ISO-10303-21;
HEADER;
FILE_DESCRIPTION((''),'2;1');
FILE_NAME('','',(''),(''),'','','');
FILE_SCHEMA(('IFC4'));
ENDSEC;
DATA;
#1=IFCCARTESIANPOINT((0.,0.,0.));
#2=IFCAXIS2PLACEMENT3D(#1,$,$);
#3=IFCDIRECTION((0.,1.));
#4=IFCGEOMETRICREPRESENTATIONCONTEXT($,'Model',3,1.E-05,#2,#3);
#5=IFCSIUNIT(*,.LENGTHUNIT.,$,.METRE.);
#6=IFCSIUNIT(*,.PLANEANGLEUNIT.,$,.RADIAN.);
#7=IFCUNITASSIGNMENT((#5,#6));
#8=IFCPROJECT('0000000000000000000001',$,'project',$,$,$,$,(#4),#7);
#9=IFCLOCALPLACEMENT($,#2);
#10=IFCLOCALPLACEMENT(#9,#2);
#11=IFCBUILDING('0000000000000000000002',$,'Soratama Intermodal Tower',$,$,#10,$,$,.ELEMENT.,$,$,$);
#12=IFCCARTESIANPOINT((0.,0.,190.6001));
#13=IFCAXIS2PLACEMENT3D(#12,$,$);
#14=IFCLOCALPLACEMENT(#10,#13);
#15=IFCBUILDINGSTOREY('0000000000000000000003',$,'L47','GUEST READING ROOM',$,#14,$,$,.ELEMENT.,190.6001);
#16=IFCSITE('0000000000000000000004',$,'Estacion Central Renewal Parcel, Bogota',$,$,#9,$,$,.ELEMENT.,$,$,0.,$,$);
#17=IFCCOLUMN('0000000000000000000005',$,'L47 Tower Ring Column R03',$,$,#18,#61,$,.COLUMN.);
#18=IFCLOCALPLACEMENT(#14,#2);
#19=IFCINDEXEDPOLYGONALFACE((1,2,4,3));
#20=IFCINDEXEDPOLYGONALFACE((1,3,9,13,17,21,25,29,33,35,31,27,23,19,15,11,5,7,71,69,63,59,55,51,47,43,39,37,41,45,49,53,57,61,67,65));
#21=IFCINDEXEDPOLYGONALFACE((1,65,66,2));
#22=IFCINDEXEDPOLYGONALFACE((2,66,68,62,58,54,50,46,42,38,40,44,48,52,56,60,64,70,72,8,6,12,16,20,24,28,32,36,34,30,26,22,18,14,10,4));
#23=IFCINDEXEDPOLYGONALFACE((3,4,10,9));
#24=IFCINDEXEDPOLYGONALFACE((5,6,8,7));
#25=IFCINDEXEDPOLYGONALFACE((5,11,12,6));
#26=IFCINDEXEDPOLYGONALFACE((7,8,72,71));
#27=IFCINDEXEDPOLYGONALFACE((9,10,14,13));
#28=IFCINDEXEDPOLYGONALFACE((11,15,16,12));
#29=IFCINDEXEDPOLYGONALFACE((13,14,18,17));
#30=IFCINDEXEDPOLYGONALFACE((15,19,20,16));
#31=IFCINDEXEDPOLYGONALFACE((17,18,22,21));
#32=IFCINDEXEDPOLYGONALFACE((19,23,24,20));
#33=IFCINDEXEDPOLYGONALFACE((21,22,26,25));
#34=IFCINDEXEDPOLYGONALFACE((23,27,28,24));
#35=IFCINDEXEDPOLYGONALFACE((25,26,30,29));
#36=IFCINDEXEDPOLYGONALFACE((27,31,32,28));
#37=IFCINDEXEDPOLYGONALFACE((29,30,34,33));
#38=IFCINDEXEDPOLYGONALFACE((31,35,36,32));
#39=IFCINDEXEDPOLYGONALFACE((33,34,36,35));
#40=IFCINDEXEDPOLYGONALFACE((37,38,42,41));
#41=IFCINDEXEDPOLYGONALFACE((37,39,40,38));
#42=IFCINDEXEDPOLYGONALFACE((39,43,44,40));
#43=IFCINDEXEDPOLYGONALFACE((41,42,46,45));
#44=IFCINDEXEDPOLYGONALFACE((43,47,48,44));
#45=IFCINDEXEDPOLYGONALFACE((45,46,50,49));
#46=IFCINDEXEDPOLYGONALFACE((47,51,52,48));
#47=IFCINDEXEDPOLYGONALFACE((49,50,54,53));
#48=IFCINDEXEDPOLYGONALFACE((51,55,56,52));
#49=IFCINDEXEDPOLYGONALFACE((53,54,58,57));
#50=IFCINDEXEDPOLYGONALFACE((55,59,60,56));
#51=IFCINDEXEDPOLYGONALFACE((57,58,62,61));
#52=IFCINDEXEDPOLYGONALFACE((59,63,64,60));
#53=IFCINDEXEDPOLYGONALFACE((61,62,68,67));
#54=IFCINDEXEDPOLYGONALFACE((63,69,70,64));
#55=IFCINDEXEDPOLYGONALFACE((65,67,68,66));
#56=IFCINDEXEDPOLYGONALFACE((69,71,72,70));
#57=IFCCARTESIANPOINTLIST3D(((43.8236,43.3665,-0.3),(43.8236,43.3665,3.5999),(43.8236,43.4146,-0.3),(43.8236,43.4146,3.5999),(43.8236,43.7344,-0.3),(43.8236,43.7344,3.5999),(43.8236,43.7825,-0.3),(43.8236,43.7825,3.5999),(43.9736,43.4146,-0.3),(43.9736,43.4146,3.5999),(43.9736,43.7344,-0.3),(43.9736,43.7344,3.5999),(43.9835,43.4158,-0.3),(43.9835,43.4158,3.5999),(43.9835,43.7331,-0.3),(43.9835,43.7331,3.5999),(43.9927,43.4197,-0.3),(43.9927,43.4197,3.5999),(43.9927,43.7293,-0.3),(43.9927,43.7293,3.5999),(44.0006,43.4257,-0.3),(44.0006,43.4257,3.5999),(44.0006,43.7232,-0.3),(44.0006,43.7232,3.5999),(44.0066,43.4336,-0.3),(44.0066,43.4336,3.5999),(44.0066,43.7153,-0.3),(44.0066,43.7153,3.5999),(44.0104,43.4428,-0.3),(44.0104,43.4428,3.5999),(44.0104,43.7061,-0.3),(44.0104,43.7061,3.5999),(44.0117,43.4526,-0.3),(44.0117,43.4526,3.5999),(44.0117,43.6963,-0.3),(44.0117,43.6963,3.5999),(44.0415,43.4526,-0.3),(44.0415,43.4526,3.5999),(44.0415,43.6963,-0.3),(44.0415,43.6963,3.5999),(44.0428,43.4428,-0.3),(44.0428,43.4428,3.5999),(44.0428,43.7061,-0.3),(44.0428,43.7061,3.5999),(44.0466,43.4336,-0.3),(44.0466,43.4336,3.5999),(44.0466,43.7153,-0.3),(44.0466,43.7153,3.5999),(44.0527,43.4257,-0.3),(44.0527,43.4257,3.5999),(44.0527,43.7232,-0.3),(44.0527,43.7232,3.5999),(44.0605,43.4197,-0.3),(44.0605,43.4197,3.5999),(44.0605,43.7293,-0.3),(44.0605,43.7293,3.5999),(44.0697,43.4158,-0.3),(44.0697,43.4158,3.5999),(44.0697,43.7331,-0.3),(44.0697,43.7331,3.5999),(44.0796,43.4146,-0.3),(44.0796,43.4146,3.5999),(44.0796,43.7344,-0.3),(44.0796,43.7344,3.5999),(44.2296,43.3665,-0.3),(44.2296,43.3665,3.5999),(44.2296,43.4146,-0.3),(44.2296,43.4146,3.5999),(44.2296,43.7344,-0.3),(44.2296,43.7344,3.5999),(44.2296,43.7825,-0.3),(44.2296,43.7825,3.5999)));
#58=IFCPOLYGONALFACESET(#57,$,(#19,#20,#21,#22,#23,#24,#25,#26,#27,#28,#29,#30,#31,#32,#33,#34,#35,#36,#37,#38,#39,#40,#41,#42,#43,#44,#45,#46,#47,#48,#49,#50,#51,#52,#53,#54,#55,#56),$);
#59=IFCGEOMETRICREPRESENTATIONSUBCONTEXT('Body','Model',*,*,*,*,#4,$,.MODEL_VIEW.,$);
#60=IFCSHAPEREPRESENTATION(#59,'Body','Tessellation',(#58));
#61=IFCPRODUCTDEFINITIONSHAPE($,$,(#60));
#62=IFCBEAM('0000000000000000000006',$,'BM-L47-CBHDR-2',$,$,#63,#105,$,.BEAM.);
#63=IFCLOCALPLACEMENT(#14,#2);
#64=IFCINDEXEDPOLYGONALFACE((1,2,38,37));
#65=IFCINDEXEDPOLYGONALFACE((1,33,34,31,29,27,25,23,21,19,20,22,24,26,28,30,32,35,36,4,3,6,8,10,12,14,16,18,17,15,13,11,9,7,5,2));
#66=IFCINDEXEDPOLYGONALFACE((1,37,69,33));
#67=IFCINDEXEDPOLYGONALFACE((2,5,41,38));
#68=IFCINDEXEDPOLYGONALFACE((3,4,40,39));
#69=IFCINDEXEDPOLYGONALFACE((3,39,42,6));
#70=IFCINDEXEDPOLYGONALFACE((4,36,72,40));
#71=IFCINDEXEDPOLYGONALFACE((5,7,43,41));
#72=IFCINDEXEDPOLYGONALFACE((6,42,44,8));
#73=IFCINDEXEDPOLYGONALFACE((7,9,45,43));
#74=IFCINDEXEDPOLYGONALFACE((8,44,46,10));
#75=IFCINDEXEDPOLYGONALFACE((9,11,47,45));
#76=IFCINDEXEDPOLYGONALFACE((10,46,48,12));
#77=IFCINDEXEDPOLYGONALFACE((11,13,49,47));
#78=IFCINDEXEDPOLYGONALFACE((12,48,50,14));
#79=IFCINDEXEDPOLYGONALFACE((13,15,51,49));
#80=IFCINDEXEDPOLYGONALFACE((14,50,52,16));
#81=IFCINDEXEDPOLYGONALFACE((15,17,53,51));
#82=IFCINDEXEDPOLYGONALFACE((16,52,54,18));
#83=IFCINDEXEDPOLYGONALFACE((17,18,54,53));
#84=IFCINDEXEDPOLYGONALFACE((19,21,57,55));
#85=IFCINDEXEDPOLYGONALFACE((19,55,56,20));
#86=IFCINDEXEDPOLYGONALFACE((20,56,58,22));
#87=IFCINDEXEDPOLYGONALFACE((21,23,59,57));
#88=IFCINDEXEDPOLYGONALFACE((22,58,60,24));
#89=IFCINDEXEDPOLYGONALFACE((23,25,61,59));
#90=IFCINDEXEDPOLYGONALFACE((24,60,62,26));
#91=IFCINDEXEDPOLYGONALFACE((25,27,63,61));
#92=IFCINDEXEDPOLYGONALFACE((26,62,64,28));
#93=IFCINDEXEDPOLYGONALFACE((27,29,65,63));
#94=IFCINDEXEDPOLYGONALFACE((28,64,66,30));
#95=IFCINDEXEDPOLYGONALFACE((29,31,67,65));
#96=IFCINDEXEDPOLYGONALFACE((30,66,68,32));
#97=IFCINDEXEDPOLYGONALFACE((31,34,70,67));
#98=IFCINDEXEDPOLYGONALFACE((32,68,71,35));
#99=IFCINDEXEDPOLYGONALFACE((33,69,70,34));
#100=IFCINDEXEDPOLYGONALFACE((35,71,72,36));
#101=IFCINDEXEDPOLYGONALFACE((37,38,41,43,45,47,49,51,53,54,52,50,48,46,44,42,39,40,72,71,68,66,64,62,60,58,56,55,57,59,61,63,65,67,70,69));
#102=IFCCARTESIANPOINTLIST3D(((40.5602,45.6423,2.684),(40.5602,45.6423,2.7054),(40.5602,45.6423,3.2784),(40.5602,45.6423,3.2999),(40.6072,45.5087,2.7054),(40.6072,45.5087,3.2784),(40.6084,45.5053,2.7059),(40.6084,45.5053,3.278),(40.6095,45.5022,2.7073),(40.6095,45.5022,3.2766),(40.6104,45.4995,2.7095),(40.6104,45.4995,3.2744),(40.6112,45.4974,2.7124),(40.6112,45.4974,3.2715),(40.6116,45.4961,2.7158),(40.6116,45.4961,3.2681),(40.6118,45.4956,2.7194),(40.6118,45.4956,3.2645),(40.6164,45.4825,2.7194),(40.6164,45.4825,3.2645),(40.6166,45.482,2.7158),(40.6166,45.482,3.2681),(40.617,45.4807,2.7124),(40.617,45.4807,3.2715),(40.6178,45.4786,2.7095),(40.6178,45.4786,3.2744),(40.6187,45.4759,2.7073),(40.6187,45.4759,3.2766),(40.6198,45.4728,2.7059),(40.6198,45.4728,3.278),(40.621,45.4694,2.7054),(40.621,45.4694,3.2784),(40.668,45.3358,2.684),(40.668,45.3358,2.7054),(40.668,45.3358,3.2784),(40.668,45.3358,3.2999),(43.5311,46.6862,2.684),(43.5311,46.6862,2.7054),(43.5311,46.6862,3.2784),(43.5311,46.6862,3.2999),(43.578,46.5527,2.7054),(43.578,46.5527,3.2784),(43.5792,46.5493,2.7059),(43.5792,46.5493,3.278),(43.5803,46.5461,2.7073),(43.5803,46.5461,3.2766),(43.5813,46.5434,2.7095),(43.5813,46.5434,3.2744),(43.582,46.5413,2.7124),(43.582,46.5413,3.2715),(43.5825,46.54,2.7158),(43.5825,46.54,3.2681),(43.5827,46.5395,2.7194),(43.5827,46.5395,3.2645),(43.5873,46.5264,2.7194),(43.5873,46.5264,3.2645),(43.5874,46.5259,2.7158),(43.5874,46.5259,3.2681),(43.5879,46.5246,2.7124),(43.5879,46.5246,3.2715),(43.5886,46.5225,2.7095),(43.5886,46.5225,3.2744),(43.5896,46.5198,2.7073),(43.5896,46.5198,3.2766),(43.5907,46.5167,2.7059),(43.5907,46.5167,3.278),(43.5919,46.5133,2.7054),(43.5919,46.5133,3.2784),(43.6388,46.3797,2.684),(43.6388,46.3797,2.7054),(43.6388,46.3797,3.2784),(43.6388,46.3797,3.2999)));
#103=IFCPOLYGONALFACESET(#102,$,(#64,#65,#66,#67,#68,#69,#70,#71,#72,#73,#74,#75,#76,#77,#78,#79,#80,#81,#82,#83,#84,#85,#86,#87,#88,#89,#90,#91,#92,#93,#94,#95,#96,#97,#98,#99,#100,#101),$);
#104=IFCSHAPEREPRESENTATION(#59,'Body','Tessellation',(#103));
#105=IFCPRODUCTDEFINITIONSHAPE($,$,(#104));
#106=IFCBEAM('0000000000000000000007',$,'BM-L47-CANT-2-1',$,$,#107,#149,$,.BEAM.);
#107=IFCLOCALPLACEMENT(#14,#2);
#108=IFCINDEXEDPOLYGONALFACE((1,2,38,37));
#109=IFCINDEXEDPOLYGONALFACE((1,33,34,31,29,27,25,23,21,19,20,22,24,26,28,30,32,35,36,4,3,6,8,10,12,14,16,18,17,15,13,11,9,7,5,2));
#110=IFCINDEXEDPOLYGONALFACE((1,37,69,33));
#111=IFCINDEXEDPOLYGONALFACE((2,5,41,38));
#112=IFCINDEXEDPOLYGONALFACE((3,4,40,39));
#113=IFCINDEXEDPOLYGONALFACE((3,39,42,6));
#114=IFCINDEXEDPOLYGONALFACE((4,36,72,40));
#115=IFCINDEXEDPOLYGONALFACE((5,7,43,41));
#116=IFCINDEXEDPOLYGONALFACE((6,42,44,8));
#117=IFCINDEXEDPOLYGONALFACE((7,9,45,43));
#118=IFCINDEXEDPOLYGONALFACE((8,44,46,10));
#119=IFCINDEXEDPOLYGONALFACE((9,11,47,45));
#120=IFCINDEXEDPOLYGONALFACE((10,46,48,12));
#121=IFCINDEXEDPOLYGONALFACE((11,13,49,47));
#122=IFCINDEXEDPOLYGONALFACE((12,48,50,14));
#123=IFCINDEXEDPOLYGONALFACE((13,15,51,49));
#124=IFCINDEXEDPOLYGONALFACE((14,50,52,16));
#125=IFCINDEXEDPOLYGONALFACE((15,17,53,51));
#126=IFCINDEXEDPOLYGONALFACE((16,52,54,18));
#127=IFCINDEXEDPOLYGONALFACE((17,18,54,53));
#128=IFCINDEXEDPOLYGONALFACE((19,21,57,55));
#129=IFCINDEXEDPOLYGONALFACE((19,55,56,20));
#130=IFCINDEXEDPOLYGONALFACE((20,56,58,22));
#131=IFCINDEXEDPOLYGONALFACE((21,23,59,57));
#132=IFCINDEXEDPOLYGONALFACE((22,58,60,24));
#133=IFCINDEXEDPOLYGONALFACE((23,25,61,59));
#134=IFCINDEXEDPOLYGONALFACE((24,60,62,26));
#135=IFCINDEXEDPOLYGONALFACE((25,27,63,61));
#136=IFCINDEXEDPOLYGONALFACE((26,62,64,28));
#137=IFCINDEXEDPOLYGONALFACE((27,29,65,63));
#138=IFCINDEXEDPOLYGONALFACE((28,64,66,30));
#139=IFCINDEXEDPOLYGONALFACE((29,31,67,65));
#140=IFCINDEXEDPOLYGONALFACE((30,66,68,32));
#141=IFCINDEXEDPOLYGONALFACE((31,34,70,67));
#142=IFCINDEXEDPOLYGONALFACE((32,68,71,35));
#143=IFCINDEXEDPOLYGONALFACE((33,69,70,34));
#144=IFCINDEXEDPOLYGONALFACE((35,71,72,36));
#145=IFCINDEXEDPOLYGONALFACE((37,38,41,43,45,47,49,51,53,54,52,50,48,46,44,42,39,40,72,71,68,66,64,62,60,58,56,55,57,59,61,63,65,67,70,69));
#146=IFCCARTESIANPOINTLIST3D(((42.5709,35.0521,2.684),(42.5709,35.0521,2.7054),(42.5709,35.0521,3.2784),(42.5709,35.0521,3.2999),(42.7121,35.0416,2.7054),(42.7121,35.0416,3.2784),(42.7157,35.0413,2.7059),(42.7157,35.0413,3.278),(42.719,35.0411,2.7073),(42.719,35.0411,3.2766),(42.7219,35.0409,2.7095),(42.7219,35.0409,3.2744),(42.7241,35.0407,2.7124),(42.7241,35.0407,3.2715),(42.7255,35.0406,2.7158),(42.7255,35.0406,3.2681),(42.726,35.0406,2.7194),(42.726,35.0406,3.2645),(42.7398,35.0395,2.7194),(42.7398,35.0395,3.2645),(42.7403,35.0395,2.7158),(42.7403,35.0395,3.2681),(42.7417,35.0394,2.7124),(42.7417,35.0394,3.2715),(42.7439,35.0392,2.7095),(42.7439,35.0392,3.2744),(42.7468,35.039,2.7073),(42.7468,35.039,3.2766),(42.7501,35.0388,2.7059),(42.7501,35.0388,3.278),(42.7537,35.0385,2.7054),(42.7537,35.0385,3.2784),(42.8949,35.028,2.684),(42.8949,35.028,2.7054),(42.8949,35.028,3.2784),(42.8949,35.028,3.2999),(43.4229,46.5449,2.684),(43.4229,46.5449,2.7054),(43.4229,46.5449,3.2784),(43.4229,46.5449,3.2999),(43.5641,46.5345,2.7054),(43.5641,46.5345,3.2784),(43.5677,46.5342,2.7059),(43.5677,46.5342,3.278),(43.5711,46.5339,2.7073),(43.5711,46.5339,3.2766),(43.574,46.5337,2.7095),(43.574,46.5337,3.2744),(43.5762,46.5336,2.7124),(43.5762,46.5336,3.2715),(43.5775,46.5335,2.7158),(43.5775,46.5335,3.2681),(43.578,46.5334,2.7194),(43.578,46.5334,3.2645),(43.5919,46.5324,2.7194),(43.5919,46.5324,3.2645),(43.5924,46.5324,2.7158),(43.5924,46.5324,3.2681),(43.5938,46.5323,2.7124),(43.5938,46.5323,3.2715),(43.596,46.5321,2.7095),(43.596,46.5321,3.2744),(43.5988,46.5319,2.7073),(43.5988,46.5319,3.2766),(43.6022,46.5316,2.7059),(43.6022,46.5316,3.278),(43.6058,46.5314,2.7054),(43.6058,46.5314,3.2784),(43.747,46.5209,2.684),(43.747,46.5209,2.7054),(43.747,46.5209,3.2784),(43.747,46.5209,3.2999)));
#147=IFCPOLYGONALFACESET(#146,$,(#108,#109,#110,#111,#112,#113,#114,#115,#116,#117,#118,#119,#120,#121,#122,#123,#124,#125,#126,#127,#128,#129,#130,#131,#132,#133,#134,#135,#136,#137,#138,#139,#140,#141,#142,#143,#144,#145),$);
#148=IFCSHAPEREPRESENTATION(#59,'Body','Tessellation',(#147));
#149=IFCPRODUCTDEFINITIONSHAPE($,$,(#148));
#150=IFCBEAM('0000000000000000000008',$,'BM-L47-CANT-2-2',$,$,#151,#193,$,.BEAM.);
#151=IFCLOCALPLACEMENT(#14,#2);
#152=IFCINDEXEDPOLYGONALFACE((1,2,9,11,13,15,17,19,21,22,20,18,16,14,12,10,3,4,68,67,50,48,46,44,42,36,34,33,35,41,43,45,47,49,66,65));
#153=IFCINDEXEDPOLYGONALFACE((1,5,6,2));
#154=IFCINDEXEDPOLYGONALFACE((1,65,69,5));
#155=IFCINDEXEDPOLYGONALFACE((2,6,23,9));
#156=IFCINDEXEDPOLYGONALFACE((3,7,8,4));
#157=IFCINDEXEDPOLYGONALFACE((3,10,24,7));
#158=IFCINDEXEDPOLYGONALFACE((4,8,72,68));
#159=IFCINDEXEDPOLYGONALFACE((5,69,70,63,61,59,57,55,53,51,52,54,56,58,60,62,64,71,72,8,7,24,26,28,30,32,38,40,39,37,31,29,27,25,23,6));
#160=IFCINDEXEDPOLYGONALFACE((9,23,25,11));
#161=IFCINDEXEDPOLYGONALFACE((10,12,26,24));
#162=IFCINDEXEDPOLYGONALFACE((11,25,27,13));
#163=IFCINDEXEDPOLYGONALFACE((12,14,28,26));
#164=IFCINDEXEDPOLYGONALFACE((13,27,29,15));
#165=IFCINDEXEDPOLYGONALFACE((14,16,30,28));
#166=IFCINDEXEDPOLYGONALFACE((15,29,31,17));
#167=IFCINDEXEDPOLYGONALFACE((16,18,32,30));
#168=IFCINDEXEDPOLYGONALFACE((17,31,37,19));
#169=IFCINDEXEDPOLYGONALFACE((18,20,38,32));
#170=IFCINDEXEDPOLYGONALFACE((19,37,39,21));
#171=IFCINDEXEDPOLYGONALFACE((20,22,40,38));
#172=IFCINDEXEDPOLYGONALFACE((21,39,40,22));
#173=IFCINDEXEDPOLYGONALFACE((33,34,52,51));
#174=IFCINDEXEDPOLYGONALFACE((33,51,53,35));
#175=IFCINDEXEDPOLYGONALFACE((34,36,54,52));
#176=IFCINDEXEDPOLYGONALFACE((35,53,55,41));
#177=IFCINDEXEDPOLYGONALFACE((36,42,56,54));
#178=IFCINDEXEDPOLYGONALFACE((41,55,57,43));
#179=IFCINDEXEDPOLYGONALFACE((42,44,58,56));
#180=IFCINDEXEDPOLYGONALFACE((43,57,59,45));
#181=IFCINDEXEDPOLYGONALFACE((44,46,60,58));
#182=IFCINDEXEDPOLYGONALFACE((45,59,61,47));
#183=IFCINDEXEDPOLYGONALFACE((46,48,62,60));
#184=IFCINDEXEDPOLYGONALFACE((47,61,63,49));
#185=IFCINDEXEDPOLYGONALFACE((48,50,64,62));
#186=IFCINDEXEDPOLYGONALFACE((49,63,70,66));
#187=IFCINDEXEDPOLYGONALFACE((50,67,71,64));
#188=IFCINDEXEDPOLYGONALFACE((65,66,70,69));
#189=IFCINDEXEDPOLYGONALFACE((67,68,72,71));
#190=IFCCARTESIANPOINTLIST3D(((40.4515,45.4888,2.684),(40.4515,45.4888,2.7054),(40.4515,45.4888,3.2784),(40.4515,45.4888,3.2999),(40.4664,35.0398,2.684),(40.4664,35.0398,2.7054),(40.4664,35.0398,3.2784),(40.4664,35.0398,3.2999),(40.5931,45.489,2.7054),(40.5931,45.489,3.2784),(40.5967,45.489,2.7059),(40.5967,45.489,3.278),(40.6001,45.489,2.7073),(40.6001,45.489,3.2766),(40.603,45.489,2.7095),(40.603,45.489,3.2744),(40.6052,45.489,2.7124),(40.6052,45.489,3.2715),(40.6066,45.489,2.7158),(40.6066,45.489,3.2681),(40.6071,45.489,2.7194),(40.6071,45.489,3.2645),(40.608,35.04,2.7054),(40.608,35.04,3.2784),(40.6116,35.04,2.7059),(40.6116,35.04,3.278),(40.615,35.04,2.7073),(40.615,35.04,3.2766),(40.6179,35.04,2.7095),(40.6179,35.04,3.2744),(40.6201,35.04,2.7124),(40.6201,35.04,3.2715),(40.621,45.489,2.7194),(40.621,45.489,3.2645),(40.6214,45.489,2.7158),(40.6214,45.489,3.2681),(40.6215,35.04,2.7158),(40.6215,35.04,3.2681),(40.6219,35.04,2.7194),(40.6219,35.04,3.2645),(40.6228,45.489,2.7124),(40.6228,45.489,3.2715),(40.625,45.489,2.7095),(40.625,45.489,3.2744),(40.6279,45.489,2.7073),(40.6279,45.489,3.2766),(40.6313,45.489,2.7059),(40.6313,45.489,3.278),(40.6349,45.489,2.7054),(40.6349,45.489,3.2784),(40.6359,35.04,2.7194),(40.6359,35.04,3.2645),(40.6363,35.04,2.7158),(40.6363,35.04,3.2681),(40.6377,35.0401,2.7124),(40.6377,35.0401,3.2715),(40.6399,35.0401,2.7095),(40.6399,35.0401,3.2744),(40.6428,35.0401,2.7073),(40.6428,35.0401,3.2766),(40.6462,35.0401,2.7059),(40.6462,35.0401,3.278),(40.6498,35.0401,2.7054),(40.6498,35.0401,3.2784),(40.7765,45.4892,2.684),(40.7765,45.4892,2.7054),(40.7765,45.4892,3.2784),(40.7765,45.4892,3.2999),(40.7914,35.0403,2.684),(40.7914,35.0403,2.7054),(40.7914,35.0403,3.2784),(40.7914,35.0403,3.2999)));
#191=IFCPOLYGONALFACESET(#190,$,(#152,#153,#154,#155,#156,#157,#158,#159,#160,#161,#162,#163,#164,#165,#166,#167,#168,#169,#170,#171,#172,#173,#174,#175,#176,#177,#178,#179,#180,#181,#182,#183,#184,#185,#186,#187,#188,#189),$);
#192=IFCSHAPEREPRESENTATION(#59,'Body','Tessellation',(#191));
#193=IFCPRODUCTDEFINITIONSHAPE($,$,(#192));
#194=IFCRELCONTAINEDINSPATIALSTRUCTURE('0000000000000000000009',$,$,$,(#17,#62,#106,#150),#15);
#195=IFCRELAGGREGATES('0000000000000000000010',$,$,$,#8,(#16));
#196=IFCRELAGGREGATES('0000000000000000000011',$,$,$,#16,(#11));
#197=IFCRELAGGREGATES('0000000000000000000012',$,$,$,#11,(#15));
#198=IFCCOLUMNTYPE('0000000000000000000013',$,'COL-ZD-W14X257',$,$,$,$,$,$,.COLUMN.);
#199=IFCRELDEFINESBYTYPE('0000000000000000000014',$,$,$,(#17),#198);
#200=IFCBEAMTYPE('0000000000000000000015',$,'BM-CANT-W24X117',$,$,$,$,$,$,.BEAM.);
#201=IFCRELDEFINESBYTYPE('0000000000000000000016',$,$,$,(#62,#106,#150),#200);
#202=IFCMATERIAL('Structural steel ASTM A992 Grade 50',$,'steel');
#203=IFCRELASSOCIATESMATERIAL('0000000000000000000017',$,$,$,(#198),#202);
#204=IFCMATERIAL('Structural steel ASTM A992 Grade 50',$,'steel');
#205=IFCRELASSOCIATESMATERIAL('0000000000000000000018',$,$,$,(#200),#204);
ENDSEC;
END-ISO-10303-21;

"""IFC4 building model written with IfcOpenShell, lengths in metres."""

from ifc_helpers import new_model, si_unit, direction, frame, origin, origin_2d, place, context, subcontext, project, spatial, i_section, extrude, material, material_profile, profile_set, type_object, element, save


model = new_model("IFC4")

# Units and contexts
model_context = context("Model", 3, precision=1e-05, world=origin(), true_north=direction((0.0, 1.0)))
body_context = subcontext(model_context, "Body", "Model", "MODEL_VIEW")
ifc_project = project(units=[si_unit("LENGTHUNIT", "METRE"), si_unit("PLANEANGLEUNIT", "RADIAN")], contexts=[model_context])

# Site, building, storey
site_placement = place(None, origin())
site = spatial("IfcSite", under=ifc_project, at=site_placement, Name="Estacion Central Renewal Parcel, Bogota", CompositionType="ELEMENT", RefElevation=0.0)
building_placement = place(site_placement, origin())
building = spatial("IfcBuilding", under=site, at=building_placement, Name="Soratama Intermodal Tower", CompositionType="ELEMENT")
storey_placement = place(building_placement, frame((0.0, 0.0, 190.6001)))
storey = spatial("IfcBuildingStorey", under=building, at=storey_placement, Name="L47", Description="GUEST READING ROOM", CompositionType="ELEMENT", Elevation=190.6001)

# Column
ifc_material_1 = material(Name="Structural steel ASTM A992 Grade 50", Category="steel")
ifc_material_profile_1 = material_profile(ifc_material_1, i_section(OverallWidth=0.406, OverallDepth=0.416, WebThickness=0.0298, FlangeThickness=0.0481, FilletRadius=0.0381, at=origin_2d()), Name="W14X257")
ifc_profile_set_1 = profile_set([ifc_material_profile_1], Name="Structural steel ASTM A992 Grade 50")
column_type = type_object("IfcColumnType", Name="COL-ZD-W14X257", PredefinedType="COLUMN", material=ifc_profile_set_1)
column_placement = place(storey_placement, frame((44.0266, 43.5745, -0.3), z_axis=(0.0, 0.0, 1.0), x_axis=(1.0, 0.0, 0.0)))
element("IfcColumn", 1, at=column_placement, inside=storey, type_object=column_type, Name="L47 Tower Ring Column R03", PredefinedType="COLUMN", context=body_context, shape_type="SweptSolid", body=[
    extrude(i_section(OverallWidth=0.406, OverallDepth=0.416, WebThickness=0.0298, FlangeThickness=0.0481, FilletRadius=0.0381, at=origin_2d()), origin(), (0.0, 0.0, 1.0), 3.8999),
])

# Beams
ifc_material_2 = material(Name="Structural steel ASTM A992 Grade 50", Category="steel")
ifc_material_profile_2 = material_profile(ifc_material_2, i_section(OverallWidth=0.325, OverallDepth=0.616, WebThickness=0.0139, FlangeThickness=0.0215, FilletRadius=0.0139, at=origin_2d()), Name="W24X117")
ifc_profile_set_2 = profile_set([ifc_material_profile_2], Name="Structural steel ASTM A992 Grade 50")
beam_type_1 = type_object("IfcBeamType", Name="BM-CANT-W24X117", PredefinedType="BEAM", material=ifc_profile_set_2)
beam_1_placement = place(storey_placement, frame((43.585, 46.533, 2.9919), z_axis=(-0.94345, -0.331514, 0.0), x_axis=(0.331514, -0.94345, 0.0)))
element("IfcBeam", 2, at=beam_1_placement, inside=storey, type_object=beam_type_1, Name="BM-L47-CBHDR-2", PredefinedType="BEAM", context=body_context, shape_type="SweptSolid", body=[
    extrude(i_section(OverallWidth=0.325, OverallDepth=0.616, WebThickness=0.0139, FlangeThickness=0.0215, FilletRadius=0.0139, at=origin_2d()), origin(), (0.0, 0.0, 1.0), 3.1489),
])
beam_2_placement = place(storey_placement, frame((42.7329, 35.04, 2.9919), z_axis=(0.073934, 0.997263, 0.0), x_axis=(-0.997263, 0.073934, 0.0)))
element("IfcBeam", 3, at=beam_2_placement, inside=storey, type_object=beam_type_1, Name="BM-L47-CANT-2-1", PredefinedType="BEAM", context=body_context, shape_type="SweptSolid", body=[
    extrude(i_section(OverallWidth=0.325, OverallDepth=0.616, WebThickness=0.0139, FlangeThickness=0.0215, FilletRadius=0.0139, at=origin_2d()), origin(), (0.0, 0.0, 1.0), 11.5244),
])
beam_3_placement = place(storey_placement, frame((40.6289, 35.04, 2.9919), z_axis=(-0.001425, 0.999999, 0.0), x_axis=(-0.999999, -0.001425, 0.0)))
element("IfcBeam", 4, at=beam_3_placement, inside=storey, type_object=beam_type_1, Name="BM-L47-CANT-2-2", PredefinedType="BEAM", context=body_context, shape_type="SweptSolid", body=[
    extrude(i_section(OverallWidth=0.325, OverallDepth=0.616, WebThickness=0.0139, FlangeThickness=0.0215, FilletRadius=0.0139, at=origin_2d()), origin(), (0.0, 0.0, 1.0), 10.449),
])

save(model, "model.ifc")
